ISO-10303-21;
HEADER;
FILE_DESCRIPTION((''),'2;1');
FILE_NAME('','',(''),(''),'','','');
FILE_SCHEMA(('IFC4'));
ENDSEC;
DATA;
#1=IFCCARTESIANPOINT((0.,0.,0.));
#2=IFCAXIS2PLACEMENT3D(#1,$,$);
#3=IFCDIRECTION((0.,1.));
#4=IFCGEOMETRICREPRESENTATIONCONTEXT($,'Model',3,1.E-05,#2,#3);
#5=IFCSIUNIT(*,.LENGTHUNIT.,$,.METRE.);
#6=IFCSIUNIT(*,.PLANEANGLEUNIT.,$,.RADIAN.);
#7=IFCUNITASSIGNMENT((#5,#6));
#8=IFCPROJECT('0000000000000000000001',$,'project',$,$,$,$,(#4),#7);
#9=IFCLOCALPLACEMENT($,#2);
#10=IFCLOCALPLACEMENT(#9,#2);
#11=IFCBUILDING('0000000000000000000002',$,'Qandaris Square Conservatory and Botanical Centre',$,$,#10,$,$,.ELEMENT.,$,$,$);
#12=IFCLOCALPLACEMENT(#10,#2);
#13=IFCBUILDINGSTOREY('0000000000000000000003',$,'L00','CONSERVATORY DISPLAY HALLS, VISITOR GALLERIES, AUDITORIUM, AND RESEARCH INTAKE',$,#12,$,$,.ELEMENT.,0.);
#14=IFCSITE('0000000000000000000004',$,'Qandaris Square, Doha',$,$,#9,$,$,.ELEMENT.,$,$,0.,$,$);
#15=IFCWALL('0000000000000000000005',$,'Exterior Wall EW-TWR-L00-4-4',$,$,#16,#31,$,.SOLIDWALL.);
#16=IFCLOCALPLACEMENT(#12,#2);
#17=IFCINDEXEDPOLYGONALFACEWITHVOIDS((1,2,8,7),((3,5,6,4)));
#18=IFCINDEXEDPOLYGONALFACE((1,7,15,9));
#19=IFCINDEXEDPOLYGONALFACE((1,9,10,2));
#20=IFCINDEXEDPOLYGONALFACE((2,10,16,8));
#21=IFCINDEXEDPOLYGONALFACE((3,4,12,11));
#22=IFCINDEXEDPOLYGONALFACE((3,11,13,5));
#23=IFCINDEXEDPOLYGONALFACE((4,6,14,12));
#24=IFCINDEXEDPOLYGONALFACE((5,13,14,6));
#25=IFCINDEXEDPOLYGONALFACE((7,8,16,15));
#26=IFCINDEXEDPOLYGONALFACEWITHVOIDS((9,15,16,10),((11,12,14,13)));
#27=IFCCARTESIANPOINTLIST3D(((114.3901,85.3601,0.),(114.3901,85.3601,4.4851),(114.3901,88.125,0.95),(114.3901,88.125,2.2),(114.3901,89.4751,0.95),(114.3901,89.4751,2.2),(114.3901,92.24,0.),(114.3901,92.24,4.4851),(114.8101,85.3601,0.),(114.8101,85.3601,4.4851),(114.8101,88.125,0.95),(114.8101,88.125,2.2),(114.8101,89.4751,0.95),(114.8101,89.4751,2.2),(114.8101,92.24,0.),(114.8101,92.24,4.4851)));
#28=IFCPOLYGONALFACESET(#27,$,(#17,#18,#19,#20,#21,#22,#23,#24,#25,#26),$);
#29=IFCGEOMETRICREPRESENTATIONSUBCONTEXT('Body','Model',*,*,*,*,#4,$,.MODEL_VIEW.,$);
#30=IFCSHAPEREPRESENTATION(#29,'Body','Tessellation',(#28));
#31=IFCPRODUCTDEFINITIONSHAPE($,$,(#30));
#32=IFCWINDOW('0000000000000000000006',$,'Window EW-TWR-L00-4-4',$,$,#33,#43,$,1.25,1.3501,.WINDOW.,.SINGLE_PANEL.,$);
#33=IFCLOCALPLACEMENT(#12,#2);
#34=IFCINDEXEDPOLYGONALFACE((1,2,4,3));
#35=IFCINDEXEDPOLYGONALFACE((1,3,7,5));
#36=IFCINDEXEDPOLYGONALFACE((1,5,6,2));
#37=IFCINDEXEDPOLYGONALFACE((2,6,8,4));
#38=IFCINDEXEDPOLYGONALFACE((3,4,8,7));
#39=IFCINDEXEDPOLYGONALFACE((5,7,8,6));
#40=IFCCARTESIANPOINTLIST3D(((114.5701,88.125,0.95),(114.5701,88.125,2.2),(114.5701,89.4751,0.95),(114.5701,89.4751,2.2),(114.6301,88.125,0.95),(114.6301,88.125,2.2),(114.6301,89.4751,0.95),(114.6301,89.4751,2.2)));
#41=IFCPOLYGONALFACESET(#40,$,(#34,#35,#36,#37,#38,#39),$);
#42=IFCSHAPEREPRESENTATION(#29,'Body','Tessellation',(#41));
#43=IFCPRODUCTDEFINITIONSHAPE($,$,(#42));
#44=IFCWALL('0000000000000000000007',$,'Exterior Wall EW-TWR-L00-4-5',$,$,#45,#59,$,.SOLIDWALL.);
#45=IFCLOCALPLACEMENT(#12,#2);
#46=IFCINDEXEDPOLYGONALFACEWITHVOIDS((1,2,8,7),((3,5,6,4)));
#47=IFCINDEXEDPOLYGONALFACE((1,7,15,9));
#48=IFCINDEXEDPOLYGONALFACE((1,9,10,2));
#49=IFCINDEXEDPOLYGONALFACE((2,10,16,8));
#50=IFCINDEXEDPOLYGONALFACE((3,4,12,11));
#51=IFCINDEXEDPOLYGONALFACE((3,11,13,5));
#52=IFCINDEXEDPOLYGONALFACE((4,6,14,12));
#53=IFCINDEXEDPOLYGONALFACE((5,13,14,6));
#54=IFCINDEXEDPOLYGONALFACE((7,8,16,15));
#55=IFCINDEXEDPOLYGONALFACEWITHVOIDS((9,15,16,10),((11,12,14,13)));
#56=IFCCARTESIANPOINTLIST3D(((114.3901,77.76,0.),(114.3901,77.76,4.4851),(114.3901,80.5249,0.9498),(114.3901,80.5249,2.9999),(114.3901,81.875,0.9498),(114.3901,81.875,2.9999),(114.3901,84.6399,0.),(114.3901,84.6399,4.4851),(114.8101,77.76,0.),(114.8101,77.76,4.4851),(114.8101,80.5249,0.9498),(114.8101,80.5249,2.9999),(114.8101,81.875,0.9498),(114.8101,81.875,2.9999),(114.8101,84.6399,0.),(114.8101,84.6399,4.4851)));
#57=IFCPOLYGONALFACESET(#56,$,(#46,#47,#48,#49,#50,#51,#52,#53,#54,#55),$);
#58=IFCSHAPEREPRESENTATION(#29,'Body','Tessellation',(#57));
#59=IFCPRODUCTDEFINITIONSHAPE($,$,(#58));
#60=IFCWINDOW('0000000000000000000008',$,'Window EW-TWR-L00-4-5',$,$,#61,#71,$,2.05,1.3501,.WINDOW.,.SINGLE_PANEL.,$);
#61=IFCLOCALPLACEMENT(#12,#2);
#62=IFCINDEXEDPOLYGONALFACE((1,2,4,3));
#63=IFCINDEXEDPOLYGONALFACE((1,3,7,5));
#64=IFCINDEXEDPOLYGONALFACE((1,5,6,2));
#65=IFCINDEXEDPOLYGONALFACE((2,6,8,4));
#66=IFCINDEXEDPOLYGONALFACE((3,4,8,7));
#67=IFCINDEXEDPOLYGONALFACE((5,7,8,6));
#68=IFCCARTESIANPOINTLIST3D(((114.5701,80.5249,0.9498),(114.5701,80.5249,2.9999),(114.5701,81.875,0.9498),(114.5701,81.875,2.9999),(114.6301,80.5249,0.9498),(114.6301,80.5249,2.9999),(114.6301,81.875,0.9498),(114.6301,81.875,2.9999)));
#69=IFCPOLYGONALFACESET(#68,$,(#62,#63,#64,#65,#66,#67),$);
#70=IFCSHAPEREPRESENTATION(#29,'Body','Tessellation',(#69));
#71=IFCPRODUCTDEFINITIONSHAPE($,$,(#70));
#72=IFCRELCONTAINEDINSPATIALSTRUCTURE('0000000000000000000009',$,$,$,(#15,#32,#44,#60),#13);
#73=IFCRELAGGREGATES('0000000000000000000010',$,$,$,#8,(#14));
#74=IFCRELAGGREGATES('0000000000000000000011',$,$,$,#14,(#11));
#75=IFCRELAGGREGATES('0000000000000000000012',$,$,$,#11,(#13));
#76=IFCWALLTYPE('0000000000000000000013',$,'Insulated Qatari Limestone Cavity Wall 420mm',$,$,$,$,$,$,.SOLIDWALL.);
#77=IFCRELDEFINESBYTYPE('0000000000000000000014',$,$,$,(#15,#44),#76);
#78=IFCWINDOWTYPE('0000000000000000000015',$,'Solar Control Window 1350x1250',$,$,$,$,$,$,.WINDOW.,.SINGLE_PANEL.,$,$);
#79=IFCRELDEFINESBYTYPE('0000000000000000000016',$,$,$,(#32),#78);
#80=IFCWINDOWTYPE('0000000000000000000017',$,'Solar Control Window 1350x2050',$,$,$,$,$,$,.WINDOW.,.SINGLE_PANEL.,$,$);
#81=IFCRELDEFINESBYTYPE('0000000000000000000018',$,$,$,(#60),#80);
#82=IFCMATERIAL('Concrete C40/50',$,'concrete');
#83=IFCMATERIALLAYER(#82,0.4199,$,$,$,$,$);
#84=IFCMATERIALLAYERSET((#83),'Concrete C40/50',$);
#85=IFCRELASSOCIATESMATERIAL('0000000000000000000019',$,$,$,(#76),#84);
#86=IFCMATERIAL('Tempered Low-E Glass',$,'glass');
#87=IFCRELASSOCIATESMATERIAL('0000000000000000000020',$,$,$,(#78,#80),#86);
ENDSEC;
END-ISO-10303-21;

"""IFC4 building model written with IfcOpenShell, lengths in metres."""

from ifc_helpers import new_model, si_unit, direction, frame, frame_2d, origin, place, context, subcontext, project, spatial, rectangle, extrude, material, layer, layer_set, type_object, element, fill, save


model = new_model("IFC4")

# Units and contexts
model_context = context("Model", 3, precision=1e-05, world=origin(), true_north=direction((0.0, 1.0)))
body_context = subcontext(model_context, "Body", "Model", "MODEL_VIEW")
ifc_project = project(units=[si_unit("LENGTHUNIT", "METRE"), si_unit("PLANEANGLEUNIT", "RADIAN")], contexts=[model_context])

# Site, building, storey
site_placement = place(None, origin())
site = spatial("IfcSite", under=ifc_project, at=site_placement, Name="Qandaris Square, Doha", CompositionType="ELEMENT", RefElevation=0.0)
building_placement = place(site_placement, origin())
building = spatial("IfcBuilding", under=site, at=building_placement, Name="Qandaris Square Conservatory and Botanical Centre", CompositionType="ELEMENT")
storey_placement = place(building_placement, origin())
storey = spatial("IfcBuildingStorey", under=building, at=storey_placement, Name="L00", Description="CONSERVATORY DISPLAY HALLS, VISITOR GALLERIES, AUDITORIUM, AND RESEARCH INTAKE", CompositionType="ELEMENT", Elevation=0.0)

# Shared definitions
ifc_material_1 = material(Name="Concrete C40/50", Category="concrete")

# Walls, openings, windows
ifc_layer_1 = layer(ifc_material_1, 0.4199)
ifc_layer_set_1 = layer_set([ifc_layer_1], Name="Concrete C40/50")
wall_type_1 = type_object("IfcWallType", Name="Insulated Qatari Limestone Cavity Wall 420mm", PredefinedType="SOLIDWALL", material=ifc_layer_set_1)
ifc_material_2 = material(Name="Tempered Low-E Glass", Category="glass")
wall_1_placement = place(storey_placement, frame((114.6001, 92.24, 0.0), z_axis=(0.0, 0.0, 1.0), x_axis=(0.0, -1.0, 0.0)))
wall_1 = element("IfcWall", 1, at=wall_1_placement, inside=storey, type_object=wall_type_1, Name="Exterior Wall EW-TWR-L00-4-4", PredefinedType="SOLIDWALL", context=body_context, shape_type="SweptSolid", body=[
    extrude(rectangle(XDim=6.8799, YDim=0.4199, at=frame_2d((3.4399, 0.0))), origin(), (0.0, 0.0, 1.0), 4.4851),
])
opening_1_placement = place(wall_1_placement, frame((2.7649, 0.0, 0.95)))
opening_1 = element("IfcOpeningElement", 2, at=opening_1_placement, cuts=wall_1, PredefinedType="OPENING", context=body_context, shape_type="SweptSolid", body=[
    extrude(rectangle(XDim=1.3501, YDim=1.25, at=frame_2d((0.675, 0.625))), frame((0.0, 0.2219, 0.0), z_axis=(0.0, -1.0, 0.0), x_axis=(1.0, 0.0, 0.0)), (0.0, 0.0, 1.0), 0.4438),
])
window_type_1 = type_object("IfcWindowType", Name="Solar Control Window 1350x1250", PartitioningType="SINGLE_PANEL", PredefinedType="WINDOW", material=ifc_material_2)
window_1_placement = place(opening_1_placement, origin())
window_1 = element("IfcWindow", 3, at=window_1_placement, inside=storey, type_object=window_type_1, Name="Window EW-TWR-L00-4-4", OverallHeight=1.25, OverallWidth=1.3501, PartitioningType="SINGLE_PANEL", PredefinedType="WINDOW", context=body_context, shape_type="SweptSolid", body=[
    extrude(rectangle(XDim=1.3501, YDim=1.25, at=frame_2d((0.675, 0.625))), frame((0.0, 0.03, 0.0), z_axis=(0.0, -1.0, 0.0), x_axis=(1.0, 0.0, 0.0)), (0.0, 0.0, 1.0), 0.0601),
])
fill(opening_1, window_1)
wall_2_placement = place(storey_placement, frame((114.6001, 84.6399, 0.0), z_axis=(0.0, 0.0, 1.0), x_axis=(0.0, -1.0, 0.0)))
wall_2 = element("IfcWall", 4, at=wall_2_placement, inside=storey, type_object=wall_type_1, Name="Exterior Wall EW-TWR-L00-4-5", PredefinedType="SOLIDWALL", context=body_context, shape_type="SweptSolid", body=[
    extrude(rectangle(XDim=6.8799, YDim=0.4199, at=frame_2d((3.4399, 0.0))), origin(), (0.0, 0.0, 1.0), 4.4851),
])
opening_2_placement = place(wall_2_placement, frame((2.7649, 0.0, 0.95)))
opening_2 = element("IfcOpeningElement", 5, at=opening_2_placement, cuts=wall_2, PredefinedType="OPENING", context=body_context, shape_type="SweptSolid", body=[
    extrude(rectangle(XDim=1.3501, YDim=2.05, at=frame_2d((0.675, 1.0249))), frame((0.0, 0.2219, 0.0), z_axis=(0.0, -1.0, 0.0), x_axis=(1.0, 0.0, 0.0)), (0.0, 0.0, 1.0), 0.4438),
])
window_type_2 = type_object("IfcWindowType", Name="Solar Control Window 1350x2050", PartitioningType="SINGLE_PANEL", PredefinedType="WINDOW", material=ifc_material_2)
window_2_placement = place(opening_2_placement, origin())
window_2 = element("IfcWindow", 6, at=window_2_placement, inside=storey, type_object=window_type_2, Name="Window EW-TWR-L00-4-5", OverallHeight=2.05, OverallWidth=1.3501, PartitioningType="SINGLE_PANEL", PredefinedType="WINDOW", context=body_context, shape_type="SweptSolid", body=[
    extrude(rectangle(XDim=1.3501, YDim=2.05, at=frame_2d((0.675, 1.0249))), frame((0.0, 0.03, 0.0), z_axis=(0.0, -1.0, 0.0), x_axis=(1.0, 0.0, 0.0)), (0.0, 0.0, 1.0), 0.0601),
])
fill(opening_2, window_2)

save(model, "model.ifc")
